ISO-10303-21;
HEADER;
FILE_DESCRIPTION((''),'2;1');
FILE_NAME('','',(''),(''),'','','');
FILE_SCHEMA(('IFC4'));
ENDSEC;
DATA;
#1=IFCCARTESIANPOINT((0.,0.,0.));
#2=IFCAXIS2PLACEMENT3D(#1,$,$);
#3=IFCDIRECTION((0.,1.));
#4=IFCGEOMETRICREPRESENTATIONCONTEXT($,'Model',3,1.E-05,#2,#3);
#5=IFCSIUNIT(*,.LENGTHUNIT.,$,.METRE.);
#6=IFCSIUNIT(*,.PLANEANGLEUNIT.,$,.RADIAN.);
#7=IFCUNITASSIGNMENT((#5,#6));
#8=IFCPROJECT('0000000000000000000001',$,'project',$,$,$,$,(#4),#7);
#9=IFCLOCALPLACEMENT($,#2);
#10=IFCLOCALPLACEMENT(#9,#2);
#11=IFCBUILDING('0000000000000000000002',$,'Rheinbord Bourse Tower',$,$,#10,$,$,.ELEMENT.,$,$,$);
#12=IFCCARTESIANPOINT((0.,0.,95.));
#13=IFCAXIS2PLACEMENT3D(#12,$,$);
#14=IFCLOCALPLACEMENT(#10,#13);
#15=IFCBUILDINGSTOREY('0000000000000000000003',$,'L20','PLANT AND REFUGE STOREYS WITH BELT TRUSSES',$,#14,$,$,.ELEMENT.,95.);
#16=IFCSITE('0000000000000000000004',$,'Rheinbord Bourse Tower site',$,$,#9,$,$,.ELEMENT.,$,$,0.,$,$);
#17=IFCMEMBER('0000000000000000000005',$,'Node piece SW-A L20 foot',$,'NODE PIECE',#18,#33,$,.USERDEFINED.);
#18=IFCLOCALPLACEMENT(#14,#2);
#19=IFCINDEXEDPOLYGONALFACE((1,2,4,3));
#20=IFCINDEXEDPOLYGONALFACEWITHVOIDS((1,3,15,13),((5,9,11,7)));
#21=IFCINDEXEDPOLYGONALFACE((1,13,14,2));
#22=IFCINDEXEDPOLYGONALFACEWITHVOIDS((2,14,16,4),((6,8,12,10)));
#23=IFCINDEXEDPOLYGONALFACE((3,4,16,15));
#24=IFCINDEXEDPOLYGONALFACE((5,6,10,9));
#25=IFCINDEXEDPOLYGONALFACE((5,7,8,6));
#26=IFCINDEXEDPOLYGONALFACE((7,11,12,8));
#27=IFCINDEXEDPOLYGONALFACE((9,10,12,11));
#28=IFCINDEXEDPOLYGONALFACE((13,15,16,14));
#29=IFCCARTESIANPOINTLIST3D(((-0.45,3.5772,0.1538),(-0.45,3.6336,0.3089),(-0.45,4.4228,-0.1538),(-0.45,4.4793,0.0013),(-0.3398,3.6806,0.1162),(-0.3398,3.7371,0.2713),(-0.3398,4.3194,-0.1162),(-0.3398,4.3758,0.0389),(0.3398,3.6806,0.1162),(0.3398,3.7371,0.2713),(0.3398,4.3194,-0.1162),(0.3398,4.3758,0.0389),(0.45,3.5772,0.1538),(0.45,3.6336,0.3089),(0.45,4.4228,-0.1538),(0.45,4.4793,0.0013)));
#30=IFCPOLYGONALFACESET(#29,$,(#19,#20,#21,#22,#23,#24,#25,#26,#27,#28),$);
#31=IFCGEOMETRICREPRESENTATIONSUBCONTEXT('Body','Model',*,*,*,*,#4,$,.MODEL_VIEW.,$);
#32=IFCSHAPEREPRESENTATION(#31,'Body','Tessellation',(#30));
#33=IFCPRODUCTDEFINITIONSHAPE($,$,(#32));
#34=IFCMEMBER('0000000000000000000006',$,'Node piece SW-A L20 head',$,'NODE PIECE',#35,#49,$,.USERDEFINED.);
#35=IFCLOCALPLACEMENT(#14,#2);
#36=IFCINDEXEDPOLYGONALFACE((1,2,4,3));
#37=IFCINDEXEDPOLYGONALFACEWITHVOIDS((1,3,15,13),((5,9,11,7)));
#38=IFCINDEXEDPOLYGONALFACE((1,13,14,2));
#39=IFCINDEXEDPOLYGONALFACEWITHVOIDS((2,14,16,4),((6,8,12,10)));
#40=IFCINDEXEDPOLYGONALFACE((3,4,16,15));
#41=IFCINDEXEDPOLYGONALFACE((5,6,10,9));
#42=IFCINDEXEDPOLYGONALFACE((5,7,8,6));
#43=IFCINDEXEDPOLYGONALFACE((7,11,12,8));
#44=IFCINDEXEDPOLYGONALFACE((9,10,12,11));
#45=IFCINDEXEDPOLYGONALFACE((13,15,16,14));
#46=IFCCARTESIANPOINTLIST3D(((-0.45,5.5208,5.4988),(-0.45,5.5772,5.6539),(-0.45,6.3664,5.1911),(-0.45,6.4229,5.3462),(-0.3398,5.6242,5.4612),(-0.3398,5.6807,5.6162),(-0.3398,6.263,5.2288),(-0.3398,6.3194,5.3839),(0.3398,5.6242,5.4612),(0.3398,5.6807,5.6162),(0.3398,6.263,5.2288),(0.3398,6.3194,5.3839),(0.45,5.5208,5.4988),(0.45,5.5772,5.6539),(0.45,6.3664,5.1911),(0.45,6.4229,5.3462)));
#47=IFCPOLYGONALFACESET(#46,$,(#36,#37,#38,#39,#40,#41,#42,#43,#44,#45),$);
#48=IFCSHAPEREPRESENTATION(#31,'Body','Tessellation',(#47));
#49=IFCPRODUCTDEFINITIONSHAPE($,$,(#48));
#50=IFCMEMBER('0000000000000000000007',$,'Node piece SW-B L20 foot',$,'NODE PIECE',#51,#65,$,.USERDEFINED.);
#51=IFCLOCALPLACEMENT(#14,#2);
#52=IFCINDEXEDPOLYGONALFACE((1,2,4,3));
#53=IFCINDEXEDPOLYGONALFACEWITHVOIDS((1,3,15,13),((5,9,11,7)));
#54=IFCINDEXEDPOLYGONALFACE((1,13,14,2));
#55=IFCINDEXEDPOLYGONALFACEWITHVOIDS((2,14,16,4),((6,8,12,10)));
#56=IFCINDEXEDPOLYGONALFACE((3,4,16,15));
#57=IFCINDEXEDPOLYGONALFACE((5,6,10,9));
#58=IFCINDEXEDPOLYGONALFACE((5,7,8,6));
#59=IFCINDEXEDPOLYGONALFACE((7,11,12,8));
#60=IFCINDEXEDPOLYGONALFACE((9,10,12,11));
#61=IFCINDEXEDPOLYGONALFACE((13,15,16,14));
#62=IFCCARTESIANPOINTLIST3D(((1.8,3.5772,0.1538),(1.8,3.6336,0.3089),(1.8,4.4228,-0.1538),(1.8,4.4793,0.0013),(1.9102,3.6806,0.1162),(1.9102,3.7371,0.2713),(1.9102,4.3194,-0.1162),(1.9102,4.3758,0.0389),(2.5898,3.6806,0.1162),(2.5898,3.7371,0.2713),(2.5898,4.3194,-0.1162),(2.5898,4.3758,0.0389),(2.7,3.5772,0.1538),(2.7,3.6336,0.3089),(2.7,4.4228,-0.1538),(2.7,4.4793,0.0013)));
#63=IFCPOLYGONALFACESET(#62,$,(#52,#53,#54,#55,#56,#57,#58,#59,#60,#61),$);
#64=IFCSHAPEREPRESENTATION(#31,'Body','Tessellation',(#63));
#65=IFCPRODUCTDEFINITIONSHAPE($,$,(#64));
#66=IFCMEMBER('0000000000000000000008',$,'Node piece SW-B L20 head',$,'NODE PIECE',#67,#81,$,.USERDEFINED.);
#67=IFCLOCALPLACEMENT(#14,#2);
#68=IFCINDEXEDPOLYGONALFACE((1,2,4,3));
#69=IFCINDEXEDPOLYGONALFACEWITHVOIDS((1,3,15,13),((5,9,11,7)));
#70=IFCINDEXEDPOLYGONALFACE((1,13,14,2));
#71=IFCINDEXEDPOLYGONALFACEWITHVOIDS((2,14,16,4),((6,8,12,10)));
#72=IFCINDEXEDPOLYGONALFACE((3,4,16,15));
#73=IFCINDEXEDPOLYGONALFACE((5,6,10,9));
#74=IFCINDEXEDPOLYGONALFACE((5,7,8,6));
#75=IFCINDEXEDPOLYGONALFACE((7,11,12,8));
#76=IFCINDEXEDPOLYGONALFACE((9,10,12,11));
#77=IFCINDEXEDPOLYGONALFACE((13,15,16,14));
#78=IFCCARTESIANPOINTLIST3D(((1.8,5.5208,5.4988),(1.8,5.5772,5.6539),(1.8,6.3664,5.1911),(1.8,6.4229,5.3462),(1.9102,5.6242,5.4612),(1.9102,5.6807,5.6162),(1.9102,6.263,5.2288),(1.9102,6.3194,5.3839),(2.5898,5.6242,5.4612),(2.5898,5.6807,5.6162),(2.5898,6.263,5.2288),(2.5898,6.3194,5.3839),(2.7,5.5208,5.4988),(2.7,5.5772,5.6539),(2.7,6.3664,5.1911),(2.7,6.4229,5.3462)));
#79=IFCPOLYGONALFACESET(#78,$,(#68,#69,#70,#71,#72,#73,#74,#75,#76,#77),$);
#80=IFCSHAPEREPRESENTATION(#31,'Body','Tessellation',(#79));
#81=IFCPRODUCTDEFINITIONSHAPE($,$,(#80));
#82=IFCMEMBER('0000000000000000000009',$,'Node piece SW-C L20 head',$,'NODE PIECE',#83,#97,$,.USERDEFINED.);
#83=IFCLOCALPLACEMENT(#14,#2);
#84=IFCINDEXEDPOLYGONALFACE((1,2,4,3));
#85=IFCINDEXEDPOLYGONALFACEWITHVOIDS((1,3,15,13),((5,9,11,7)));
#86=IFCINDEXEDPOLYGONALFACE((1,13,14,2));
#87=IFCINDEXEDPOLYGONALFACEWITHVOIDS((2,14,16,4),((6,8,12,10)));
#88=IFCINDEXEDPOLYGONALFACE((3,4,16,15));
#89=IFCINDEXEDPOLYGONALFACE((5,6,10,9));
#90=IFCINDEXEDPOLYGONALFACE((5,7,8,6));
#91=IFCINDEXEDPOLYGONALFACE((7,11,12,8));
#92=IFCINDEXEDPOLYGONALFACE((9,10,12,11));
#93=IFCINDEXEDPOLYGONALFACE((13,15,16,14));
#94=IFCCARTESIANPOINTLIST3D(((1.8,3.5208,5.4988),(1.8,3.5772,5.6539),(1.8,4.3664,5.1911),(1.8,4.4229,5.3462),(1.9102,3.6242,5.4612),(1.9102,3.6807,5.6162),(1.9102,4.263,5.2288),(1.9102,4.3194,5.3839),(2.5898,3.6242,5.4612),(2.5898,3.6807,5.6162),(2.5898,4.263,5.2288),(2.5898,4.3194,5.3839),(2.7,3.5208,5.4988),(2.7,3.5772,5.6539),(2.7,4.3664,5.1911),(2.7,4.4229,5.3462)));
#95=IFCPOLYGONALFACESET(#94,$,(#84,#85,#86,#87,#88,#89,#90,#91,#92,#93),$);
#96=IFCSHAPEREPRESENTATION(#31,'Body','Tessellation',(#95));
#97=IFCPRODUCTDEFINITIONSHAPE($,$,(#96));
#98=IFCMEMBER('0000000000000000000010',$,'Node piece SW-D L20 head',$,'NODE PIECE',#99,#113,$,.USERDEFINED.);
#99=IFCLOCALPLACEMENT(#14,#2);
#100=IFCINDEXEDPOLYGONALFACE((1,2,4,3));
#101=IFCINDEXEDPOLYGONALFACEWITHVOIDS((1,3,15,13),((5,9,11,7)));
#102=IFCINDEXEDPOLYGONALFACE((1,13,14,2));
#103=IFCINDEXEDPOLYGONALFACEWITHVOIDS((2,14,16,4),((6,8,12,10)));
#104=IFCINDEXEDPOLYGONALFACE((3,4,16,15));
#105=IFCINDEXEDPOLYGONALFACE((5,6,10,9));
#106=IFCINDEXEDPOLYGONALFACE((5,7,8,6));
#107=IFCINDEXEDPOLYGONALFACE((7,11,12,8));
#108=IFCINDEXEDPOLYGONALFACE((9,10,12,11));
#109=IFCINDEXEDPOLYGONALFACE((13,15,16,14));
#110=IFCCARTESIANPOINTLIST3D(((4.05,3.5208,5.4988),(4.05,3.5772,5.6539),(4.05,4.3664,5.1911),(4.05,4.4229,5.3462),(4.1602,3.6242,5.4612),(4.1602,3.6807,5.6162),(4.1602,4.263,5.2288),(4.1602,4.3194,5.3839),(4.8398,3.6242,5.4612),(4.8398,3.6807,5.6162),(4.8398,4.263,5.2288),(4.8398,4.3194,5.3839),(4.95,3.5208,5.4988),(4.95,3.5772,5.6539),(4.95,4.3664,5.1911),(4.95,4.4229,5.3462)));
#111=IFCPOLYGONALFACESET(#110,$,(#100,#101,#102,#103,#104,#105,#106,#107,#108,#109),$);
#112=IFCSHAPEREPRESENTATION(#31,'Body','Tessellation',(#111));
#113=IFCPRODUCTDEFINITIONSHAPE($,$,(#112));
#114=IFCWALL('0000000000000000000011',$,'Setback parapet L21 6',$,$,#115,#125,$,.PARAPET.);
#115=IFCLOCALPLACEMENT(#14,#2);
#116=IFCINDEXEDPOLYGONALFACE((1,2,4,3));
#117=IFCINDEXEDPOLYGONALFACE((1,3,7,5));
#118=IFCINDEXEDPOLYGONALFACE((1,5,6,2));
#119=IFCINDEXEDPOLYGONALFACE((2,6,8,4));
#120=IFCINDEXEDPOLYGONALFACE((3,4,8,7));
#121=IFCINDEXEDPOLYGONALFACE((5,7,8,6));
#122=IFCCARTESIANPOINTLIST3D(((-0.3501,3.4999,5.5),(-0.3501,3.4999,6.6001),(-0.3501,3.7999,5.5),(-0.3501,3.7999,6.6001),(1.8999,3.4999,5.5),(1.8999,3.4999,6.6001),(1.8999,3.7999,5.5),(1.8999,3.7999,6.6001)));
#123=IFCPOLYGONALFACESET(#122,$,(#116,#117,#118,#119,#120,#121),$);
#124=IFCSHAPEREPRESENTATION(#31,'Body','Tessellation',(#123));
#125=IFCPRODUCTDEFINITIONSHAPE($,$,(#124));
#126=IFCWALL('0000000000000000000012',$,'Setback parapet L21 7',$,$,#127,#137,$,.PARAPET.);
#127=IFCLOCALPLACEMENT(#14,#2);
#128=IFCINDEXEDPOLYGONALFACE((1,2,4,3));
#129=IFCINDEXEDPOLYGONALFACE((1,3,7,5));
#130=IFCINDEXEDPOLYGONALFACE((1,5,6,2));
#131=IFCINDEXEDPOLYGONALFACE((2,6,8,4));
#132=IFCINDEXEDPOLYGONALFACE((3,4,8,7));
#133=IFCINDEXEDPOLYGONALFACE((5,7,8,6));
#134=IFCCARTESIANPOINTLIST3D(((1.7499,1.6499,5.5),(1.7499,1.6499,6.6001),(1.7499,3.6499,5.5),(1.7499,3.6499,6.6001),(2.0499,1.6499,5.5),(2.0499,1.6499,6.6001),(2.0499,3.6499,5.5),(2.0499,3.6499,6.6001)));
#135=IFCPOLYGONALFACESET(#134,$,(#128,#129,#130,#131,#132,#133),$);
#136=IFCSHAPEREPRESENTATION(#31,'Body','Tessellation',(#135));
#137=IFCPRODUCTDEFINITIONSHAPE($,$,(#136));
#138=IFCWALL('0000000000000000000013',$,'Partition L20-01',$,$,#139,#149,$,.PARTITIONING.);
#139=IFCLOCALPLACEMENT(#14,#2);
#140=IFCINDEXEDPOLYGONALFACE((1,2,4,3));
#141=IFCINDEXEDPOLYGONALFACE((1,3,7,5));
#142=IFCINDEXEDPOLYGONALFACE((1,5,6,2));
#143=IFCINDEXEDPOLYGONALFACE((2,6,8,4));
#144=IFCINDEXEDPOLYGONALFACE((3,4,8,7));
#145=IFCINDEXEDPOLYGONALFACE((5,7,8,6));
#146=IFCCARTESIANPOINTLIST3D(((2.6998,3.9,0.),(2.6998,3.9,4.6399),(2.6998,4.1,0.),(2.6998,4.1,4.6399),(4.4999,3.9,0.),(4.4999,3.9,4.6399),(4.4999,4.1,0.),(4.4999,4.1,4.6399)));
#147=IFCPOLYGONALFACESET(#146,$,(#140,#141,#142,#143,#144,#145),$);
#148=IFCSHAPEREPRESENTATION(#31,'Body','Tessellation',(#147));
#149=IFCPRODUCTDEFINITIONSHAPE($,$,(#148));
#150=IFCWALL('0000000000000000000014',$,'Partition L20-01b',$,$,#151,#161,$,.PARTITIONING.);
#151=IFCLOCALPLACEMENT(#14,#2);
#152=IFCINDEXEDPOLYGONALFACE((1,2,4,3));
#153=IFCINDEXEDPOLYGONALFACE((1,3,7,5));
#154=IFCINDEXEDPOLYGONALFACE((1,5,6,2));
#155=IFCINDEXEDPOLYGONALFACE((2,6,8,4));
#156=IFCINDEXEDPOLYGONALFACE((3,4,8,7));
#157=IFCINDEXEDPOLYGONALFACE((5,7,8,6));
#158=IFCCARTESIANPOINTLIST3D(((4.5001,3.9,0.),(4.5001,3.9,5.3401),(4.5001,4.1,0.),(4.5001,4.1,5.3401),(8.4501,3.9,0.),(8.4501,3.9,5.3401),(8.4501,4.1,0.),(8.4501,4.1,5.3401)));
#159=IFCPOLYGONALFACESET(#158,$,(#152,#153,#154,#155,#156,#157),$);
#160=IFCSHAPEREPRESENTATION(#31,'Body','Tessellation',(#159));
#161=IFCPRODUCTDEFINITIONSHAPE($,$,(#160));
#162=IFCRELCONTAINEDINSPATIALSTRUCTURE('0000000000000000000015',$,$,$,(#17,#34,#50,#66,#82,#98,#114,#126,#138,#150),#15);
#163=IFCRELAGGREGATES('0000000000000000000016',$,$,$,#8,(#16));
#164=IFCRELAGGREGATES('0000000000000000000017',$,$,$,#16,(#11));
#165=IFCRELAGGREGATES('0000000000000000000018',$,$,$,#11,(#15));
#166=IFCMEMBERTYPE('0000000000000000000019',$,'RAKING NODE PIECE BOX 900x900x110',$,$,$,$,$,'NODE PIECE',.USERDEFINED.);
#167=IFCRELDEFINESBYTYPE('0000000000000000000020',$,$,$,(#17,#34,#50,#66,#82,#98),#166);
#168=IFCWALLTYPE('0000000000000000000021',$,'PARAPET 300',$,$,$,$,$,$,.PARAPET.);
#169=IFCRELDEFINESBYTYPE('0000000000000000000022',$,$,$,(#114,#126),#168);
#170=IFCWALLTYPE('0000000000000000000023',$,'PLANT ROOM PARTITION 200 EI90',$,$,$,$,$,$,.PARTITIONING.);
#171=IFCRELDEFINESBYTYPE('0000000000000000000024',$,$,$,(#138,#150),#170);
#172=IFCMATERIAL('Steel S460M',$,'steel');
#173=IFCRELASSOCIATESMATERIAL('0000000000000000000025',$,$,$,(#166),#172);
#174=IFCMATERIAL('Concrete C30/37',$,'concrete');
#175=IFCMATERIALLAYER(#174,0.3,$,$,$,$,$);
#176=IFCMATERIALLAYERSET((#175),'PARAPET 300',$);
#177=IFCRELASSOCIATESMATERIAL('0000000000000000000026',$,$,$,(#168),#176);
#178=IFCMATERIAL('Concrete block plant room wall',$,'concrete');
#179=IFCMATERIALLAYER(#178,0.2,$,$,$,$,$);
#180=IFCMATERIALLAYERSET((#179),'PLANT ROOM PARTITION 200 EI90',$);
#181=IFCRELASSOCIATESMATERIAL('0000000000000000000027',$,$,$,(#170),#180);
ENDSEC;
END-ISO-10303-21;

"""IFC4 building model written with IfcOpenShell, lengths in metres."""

from ifc_helpers import new_model, si_unit, direction, frame, frame_2d, origin, origin_2d, place, context, subcontext, project, spatial, rectangle, hollow_rectangle, extrude, material, layer, layer_set, material_profile, profile_set, type_object, element, save


model = new_model("IFC4")

# Units and contexts
model_context = context("Model", 3, precision=1e-05, world=origin(), true_north=direction((0.0, 1.0)))
body_context = subcontext(model_context, "Body", "Model", "MODEL_VIEW")
ifc_project = project(units=[si_unit("LENGTHUNIT", "METRE"), si_unit("PLANEANGLEUNIT", "RADIAN")], contexts=[model_context])

# Site, building, storey
site_placement = place(None, origin())
site = spatial("IfcSite", under=ifc_project, at=site_placement, Name="Rheinbord Bourse Tower site", CompositionType="ELEMENT", RefElevation=0.0)
building_placement = place(site_placement, origin())
building = spatial("IfcBuilding", under=site, at=building_placement, Name="Rheinbord Bourse Tower", CompositionType="ELEMENT")
storey_placement = place(building_placement, frame((0.0, 0.0, 95.0)))
storey = spatial("IfcBuildingStorey", under=building, at=storey_placement, Name="L20", Description="PLANT AND REFUGE STOREYS WITH BELT TRUSSES", CompositionType="ELEMENT", Elevation=95.0)

# Members
ifc_material_1 = material(Name="Steel S460M", Category="steel")
ifc_material_profile_1 = material_profile(ifc_material_1, hollow_rectangle(XDim=0.8999, YDim=0.8999, WallThickness=0.1101, at=origin_2d()), Name="BOX 900x900x110")
ifc_profile_set_1 = profile_set([ifc_material_profile_1], Name="Steel S460M")
member_type_1 = type_object("IfcMemberType", Name="RAKING NODE PIECE BOX 900x900x110", ElementType="NODE PIECE", PredefinedType="USERDEFINED", material=ifc_profile_set_1)
for number, where, z_axis, x_axis, name in (
    (1, (0.0, 4.0, 0.0), (0.0, 0.341862, 0.93975), (-1.0, 0.0, 0.0), "Node piece SW-A L20 foot"),
    (2, (0.0, 5.9436, 5.345), (0.0, 0.341862, 0.93975), (-1.0, 0.0, 0.0), "Node piece SW-A L20 head"),
    (3, (2.25, 4.0, 0.0), (0.0, 0.341862, 0.93975), (-1.0, 0.0, 0.0), "Node piece SW-B L20 foot"),
    (4, (2.25, 5.9436, 5.345), (0.0, 0.341862, 0.93975), (-1.0, 0.0, 0.0), "Node piece SW-B L20 head"),
    (5, (2.25, 3.9436, 5.345), (0.0, 0.341862, 0.93975), (-1.0, 0.0, 0.0), "Node piece SW-C L20 head"),
    (6, (4.5, 3.9436, 5.345), (0.0, 0.341862, 0.93975), (0.0, -0.93975, 0.341862), "Node piece SW-D L20 head"),
):
    element("IfcMember", number, at=place(storey_placement, frame(where, z_axis=z_axis, x_axis=x_axis)), inside=storey, type_object=member_type_1, Name=name, ObjectType="NODE PIECE", PredefinedType="USERDEFINED", context=body_context, shape_type="SweptSolid", body=[
        extrude(hollow_rectangle(XDim=0.8999, YDim=0.8999, WallThickness=0.1101, at=origin_2d()), origin(), (0.0, 0.0, 1.0), 0.165),
    ])

# Walls
ifc_material_2 = material(Name="Concrete C30/37", Category="concrete")
ifc_layer_1 = layer(ifc_material_2, 0.3)
ifc_layer_set_1 = layer_set([ifc_layer_1], Name="PARAPET 300")
wall_type_1 = type_object("IfcWallType", Name="PARAPET 300", PredefinedType="PARAPET", material=ifc_layer_set_1)
wall_1_placement = place(storey_placement, frame((-0.3501, 3.6499, 5.5), z_axis=(0.0, 0.0, 1.0), x_axis=(1.0, 0.0, 0.0)))
element("IfcWall", 7, at=wall_1_placement, inside=storey, type_object=wall_type_1, Name="Setback parapet L21 6", PredefinedType="PARAPET", context=body_context, shape_type="SweptSolid", body=[
    extrude(rectangle(XDim=2.25, YDim=0.3, at=frame_2d((1.125, 0.0))), origin(), (0.0, 0.0, 1.0), 1.1001),
])
wall_2_placement = place(storey_placement, frame((1.8999, 3.6499, 5.5), z_axis=(0.0, 0.0, 1.0), x_axis=(0.0, -1.0, 0.0)))
element("IfcWall", 8, at=wall_2_placement, inside=storey, type_object=wall_type_1, Name="Setback parapet L21 7", PredefinedType="PARAPET", context=body_context, shape_type="SweptSolid", body=[
    extrude(rectangle(XDim=2.0, YDim=0.3, at=frame_2d((1.0, 0.0))), origin(), (0.0, 0.0, 1.0), 1.1001),
])
ifc_material_3 = material(Name="Concrete block plant room wall", Category="concrete")
ifc_layer_2 = layer(ifc_material_3, 0.2)
ifc_layer_set_2 = layer_set([ifc_layer_2], Name="PLANT ROOM PARTITION 200 EI90")
wall_type_2 = type_object("IfcWallType", Name="PLANT ROOM PARTITION 200 EI90", PredefinedType="PARTITIONING", material=ifc_layer_set_2)
wall_3_placement = place(storey_placement, frame((2.7, 4.0, 0.0), z_axis=(0.0, 0.0, 1.0), x_axis=(1.0, 0.0, 0.0)))
element("IfcWall", 9, at=wall_3_placement, inside=storey, type_object=wall_type_2, Name="Partition L20-01", PredefinedType="PARTITIONING", context=body_context, shape_type="SweptSolid", body=[
    extrude(rectangle(XDim=1.8, YDim=0.2, at=frame_2d((0.8999, 0.0))), origin(), (0.0, 0.0, 1.0), 4.6399),
])
wall_4_placement = place(storey_placement, frame((4.5, 4.0, 0.0), z_axis=(0.0, 0.0, 1.0), x_axis=(1.0, 0.0, 0.0)))
element("IfcWall", 10, at=wall_4_placement, inside=storey, type_object=wall_type_2, Name="Partition L20-01b", PredefinedType="PARTITIONING", context=body_context, shape_type="SweptSolid", body=[
    extrude(rectangle(XDim=3.95, YDim=0.2, at=frame_2d((1.9751, 0.0))), origin(), (0.0, 0.0, 1.0), 5.3401),
])

save(model, "model.ifc")
